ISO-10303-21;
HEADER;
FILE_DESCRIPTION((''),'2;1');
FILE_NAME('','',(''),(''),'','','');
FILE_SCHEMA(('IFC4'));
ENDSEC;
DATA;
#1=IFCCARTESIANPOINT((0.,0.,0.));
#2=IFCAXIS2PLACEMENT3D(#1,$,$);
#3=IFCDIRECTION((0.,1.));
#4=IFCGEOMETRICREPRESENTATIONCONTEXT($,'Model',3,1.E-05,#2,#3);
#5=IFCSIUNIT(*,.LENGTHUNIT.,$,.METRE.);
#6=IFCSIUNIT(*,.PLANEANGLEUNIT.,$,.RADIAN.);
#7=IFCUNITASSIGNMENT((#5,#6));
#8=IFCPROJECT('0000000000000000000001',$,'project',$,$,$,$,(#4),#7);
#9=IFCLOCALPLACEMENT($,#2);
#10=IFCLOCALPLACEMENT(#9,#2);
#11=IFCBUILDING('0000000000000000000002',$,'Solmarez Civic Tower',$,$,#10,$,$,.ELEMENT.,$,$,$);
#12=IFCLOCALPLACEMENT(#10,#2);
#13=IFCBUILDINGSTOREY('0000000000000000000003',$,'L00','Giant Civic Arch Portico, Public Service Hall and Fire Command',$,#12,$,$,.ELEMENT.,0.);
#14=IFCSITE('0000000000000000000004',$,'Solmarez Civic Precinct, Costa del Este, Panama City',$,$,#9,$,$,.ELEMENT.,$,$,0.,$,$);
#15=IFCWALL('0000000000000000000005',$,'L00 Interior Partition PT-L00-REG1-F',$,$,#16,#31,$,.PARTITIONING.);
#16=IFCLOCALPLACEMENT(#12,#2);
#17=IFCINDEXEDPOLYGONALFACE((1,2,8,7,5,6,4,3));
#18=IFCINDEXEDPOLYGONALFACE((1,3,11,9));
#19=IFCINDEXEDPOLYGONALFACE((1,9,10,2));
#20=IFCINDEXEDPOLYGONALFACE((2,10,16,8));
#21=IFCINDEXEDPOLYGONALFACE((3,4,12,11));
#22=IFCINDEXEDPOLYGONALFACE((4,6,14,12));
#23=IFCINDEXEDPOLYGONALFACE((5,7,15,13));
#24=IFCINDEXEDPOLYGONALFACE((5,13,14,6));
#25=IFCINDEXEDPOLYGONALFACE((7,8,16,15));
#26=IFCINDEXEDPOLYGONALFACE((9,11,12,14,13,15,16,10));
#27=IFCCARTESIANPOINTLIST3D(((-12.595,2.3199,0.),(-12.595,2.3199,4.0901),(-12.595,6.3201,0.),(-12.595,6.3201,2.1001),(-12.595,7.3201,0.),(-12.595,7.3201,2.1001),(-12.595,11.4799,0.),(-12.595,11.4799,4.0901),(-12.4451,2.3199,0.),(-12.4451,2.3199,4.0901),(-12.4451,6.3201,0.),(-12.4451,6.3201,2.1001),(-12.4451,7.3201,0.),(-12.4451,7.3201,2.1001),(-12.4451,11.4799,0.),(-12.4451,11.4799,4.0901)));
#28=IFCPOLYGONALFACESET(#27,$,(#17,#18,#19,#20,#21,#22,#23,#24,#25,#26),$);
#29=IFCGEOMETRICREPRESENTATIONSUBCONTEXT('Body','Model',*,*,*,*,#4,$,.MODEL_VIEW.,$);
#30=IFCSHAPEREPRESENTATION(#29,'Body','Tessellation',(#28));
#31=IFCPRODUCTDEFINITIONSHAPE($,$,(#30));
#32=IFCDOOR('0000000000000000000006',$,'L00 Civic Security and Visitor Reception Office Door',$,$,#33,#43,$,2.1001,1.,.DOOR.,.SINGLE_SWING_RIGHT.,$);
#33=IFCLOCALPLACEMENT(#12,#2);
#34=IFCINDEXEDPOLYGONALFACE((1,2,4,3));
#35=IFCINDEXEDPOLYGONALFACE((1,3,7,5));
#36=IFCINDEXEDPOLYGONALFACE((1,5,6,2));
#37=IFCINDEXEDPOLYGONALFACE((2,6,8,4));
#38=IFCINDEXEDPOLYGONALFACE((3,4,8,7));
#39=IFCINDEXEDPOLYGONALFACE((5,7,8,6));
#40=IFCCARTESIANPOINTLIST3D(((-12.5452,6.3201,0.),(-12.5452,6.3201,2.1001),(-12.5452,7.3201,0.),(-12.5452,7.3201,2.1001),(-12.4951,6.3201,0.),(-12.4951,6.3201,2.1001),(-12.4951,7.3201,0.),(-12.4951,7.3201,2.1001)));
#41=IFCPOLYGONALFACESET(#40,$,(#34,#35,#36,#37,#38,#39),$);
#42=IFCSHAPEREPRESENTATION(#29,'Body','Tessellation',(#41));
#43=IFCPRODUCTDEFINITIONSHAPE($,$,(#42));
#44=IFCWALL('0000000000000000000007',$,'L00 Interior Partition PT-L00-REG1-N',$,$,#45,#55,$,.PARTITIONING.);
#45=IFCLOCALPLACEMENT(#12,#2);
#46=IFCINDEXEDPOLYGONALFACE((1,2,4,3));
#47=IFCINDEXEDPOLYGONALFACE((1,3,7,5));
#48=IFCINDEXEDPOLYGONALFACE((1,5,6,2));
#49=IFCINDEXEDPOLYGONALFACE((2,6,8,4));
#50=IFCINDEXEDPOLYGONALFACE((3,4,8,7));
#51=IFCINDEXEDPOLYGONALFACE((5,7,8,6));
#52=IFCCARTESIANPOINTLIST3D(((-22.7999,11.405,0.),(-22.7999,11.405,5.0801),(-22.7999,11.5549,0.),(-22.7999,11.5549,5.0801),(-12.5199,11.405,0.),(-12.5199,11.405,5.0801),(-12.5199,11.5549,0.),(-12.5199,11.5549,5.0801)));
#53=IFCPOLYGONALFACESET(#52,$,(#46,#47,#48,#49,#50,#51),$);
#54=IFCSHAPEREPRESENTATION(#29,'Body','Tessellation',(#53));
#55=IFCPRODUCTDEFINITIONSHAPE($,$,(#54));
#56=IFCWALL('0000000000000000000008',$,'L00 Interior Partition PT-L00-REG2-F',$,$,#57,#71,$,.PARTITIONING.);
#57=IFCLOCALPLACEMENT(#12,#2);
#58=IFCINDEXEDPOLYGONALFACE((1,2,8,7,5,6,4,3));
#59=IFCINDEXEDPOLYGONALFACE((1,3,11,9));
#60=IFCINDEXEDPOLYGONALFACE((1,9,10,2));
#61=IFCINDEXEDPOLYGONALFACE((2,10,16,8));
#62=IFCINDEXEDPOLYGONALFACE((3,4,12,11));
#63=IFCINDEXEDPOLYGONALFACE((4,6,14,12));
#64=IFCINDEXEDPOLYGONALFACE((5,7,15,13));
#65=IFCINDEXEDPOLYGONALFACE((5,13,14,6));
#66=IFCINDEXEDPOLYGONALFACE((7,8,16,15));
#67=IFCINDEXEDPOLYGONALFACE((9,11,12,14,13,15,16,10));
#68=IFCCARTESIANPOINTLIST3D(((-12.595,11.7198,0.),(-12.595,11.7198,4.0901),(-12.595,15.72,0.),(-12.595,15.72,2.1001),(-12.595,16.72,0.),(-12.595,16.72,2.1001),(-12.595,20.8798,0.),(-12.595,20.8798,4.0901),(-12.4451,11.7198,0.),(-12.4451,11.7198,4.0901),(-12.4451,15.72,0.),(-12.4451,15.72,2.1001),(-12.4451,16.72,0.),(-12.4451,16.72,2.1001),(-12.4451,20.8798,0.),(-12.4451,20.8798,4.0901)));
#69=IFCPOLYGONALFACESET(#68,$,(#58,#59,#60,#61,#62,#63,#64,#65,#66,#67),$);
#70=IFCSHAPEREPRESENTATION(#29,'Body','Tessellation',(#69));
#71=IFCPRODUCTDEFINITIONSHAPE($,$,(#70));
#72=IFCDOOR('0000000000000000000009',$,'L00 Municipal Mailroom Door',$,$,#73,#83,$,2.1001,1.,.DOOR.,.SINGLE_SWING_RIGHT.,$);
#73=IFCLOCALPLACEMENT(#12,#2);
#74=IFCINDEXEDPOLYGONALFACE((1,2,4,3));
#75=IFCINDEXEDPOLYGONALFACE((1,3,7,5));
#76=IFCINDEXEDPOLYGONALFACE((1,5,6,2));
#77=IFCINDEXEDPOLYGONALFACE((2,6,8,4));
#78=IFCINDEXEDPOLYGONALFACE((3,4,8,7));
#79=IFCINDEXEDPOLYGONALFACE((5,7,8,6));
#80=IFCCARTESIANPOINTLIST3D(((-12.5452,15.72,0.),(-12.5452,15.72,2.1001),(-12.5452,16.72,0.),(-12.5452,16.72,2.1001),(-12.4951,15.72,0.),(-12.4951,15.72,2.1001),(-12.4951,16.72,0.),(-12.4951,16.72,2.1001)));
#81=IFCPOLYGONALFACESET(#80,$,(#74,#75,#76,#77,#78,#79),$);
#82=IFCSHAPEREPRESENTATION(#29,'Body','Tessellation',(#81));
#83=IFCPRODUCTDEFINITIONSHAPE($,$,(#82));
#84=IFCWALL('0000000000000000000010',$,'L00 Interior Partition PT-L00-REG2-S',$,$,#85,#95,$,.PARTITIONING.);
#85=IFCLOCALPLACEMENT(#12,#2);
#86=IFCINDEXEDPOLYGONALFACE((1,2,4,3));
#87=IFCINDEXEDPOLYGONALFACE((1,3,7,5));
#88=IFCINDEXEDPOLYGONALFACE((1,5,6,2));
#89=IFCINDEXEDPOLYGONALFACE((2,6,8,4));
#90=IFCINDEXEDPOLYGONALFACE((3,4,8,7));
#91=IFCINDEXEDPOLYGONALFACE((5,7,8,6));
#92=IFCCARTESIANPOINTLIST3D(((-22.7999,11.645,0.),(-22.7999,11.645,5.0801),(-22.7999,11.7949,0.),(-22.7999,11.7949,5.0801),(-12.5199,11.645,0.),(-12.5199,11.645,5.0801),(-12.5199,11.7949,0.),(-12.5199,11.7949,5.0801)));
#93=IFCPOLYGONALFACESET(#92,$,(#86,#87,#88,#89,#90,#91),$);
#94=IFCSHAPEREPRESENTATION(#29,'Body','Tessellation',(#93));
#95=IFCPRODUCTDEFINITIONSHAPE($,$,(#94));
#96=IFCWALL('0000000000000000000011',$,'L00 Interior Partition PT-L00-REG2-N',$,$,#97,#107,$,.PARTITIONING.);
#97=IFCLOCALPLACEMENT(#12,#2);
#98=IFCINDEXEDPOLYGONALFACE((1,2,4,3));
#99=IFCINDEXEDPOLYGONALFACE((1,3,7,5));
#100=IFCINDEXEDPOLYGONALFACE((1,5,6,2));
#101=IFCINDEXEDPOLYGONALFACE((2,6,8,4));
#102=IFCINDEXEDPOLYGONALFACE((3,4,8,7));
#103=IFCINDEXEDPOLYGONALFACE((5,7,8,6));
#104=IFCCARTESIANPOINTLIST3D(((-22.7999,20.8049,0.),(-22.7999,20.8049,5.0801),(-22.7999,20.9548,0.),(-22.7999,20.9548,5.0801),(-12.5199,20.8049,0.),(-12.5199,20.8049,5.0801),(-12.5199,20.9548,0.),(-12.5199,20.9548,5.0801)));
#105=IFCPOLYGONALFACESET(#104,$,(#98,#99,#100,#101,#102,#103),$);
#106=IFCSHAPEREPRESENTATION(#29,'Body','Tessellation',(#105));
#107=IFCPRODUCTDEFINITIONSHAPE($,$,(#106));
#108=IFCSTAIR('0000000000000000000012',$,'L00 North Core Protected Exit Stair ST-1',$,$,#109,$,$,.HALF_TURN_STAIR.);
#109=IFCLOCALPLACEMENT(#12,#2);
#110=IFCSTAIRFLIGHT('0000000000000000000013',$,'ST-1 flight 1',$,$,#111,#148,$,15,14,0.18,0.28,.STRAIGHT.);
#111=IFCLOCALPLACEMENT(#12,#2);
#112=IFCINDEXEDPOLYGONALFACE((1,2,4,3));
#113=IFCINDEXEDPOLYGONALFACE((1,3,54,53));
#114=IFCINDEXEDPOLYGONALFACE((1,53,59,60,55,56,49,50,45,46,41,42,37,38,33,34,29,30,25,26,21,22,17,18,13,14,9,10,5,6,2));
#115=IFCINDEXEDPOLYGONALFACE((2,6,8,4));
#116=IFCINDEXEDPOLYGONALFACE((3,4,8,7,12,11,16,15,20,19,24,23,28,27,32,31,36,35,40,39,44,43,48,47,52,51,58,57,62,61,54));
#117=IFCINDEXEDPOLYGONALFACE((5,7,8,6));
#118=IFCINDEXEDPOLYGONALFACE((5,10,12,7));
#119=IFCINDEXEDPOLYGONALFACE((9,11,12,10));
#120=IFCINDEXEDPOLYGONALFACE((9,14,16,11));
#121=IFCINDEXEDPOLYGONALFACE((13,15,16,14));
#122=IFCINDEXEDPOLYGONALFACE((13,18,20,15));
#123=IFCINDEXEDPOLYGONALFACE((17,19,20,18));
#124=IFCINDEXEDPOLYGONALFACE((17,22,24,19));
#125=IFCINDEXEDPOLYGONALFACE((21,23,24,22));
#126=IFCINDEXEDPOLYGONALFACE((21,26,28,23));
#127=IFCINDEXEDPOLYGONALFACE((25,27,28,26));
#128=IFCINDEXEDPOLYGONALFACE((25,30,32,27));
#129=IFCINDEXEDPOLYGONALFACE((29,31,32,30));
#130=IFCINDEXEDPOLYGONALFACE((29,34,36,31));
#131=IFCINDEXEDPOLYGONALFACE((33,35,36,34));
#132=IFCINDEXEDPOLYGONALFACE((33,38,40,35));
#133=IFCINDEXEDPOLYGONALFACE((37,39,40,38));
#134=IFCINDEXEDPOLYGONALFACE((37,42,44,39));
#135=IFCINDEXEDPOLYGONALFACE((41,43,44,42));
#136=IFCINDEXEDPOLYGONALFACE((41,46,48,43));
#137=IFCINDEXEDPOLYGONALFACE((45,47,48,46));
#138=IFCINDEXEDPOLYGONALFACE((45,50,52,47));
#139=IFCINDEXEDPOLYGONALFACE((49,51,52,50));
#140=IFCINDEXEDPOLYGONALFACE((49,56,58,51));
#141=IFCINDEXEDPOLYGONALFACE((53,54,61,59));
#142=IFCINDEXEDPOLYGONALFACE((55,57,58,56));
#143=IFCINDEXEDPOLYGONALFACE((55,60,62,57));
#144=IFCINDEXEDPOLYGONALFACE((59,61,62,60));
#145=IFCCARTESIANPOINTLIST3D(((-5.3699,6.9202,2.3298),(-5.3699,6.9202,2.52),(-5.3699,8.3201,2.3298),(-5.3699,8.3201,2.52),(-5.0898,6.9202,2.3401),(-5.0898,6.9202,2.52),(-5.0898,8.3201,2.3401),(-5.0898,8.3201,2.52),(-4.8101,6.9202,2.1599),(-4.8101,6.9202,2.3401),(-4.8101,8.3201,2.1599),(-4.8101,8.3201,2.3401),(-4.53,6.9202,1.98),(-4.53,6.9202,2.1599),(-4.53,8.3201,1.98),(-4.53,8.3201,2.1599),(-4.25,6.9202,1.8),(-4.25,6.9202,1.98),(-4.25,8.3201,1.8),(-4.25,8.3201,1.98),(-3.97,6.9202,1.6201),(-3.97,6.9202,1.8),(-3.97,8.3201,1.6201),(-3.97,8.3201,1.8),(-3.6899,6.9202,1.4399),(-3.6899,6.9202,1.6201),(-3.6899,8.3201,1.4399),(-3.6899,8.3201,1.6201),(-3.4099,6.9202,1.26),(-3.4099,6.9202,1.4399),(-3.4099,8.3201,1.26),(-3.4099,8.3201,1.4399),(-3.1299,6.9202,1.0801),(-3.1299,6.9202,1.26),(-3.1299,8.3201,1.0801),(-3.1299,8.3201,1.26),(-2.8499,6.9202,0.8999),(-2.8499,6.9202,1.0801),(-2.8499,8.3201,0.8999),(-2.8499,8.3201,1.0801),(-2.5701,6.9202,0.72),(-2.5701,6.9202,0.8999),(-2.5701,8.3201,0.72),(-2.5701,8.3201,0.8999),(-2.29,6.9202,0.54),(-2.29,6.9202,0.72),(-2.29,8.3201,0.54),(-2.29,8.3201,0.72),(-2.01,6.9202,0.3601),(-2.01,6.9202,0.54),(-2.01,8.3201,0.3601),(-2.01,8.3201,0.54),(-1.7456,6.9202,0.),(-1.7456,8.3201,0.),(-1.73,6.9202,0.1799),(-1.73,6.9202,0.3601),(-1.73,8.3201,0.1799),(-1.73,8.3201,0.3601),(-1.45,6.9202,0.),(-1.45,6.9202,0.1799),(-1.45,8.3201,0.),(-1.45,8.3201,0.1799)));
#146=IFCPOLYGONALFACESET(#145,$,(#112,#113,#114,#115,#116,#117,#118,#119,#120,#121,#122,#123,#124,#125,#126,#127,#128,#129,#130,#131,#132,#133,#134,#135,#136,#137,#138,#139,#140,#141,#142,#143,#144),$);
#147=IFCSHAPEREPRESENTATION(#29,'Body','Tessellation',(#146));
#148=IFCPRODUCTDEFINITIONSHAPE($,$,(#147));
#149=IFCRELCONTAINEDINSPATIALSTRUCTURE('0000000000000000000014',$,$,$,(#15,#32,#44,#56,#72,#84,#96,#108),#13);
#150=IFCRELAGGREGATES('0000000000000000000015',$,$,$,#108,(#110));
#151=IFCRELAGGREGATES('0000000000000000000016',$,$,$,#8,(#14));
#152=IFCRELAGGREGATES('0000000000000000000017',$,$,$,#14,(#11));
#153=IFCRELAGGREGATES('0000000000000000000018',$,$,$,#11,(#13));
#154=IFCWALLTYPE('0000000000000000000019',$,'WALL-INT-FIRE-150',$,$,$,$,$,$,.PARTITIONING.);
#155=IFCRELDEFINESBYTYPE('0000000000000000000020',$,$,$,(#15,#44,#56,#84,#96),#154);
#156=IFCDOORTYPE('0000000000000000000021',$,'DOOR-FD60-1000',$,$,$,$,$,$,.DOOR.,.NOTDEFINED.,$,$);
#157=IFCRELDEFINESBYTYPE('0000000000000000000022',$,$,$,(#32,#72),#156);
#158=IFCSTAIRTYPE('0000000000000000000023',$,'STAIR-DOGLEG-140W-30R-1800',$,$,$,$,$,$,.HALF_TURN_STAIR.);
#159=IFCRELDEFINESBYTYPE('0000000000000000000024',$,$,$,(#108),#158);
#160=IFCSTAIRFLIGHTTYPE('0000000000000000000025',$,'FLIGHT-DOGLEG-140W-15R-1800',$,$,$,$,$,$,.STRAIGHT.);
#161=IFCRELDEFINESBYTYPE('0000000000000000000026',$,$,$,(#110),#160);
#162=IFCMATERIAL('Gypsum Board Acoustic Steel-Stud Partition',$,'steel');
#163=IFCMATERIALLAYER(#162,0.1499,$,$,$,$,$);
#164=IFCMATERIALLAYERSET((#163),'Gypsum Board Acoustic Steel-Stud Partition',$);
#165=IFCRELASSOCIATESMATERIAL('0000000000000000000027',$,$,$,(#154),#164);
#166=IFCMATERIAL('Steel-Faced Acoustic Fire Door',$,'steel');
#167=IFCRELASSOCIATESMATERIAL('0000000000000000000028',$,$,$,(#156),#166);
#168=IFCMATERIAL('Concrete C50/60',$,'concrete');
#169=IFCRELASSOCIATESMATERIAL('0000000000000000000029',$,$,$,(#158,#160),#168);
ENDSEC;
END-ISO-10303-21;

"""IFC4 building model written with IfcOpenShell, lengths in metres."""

from ifc_helpers import new_model, si_unit, direction, frame, frame_2d, origin, place, context, subcontext, project, spatial, polyline, rectangle, outline, extrude, material, layer, layer_set, type_object, element, fill, aggregate, save


model = new_model("IFC4")

# Units and contexts
model_context = context("Model", 3, precision=1e-05, world=origin(), true_north=direction((0.0, 1.0)))
body_context = subcontext(model_context, "Body", "Model", "MODEL_VIEW")
ifc_project = project(units=[si_unit("LENGTHUNIT", "METRE"), si_unit("PLANEANGLEUNIT", "RADIAN")], contexts=[model_context])

# Site, building, storey
site_placement = place(None, origin())
site = spatial("IfcSite", under=ifc_project, at=site_placement, Name="Solmarez Civic Precinct, Costa del Este, Panama City", CompositionType="ELEMENT", RefElevation=0.0)
building_placement = place(site_placement, origin())
building = spatial("IfcBuilding", under=site, at=building_placement, Name="Solmarez Civic Tower", CompositionType="ELEMENT")
storey_placement = place(building_placement, origin())
storey = spatial("IfcBuildingStorey", under=building, at=storey_placement, Name="L00", Description="Giant Civic Arch Portico, Public Service Hall and Fire Command", CompositionType="ELEMENT", Elevation=0.0)

# Shared definitions
ifc_material_1 = material(Name="Gypsum Board Acoustic Steel-Stud Partition", Category="steel")
ifc_layer_1 = layer(ifc_material_1, 0.1499)
ifc_layer_set_1 = layer_set([ifc_layer_1], Name="Gypsum Board Acoustic Steel-Stud Partition")
wall_type_1 = type_object("IfcWallType", Name="WALL-INT-FIRE-150", PredefinedType="PARTITIONING", material=ifc_layer_set_1)

# Wall, opening, door
wall_1_placement = place(storey_placement, frame((-12.52, 11.48, 0.0), z_axis=(0.0, 0.0, 1.0), x_axis=(0.0, -1.0, 0.0)))
wall_1 = element("IfcWall", 1, at=wall_1_placement, inside=storey, type_object=wall_type_1, Name="L00 Interior Partition PT-L00-REG1-F", PredefinedType="PARTITIONING", context=body_context, shape_type="SweptSolid", body=[
    extrude(rectangle(XDim=9.1599, YDim=0.1499, at=frame_2d((4.5801, 0.0))), origin(), (0.0, 0.0, 1.0), 4.0901),
])
opening_1_placement = place(wall_1_placement, frame((4.1599, 0.0, 0.0)))
opening_1 = element("IfcOpeningElement", 2, at=opening_1_placement, cuts=wall_1, PredefinedType="OPENING", context=body_context, shape_type="SweptSolid", body=[
    extrude(rectangle(XDim=1.0, YDim=2.1001, at=frame_2d((0.5, 1.05))), frame((0.0, 0.085, 0.0), z_axis=(0.0, -1.0, 0.0), x_axis=(1.0, 0.0, 0.0)), (0.0, 0.0, 1.0), 0.1699),
])
ifc_material_2 = material(Name="Steel-Faced Acoustic Fire Door", Category="steel")
door_type_1 = type_object("IfcDoorType", Name="DOOR-FD60-1000", OperationType="NOTDEFINED", PredefinedType="DOOR", material=ifc_material_2)
door_1_placement = place(opening_1_placement, origin())
door_1 = element("IfcDoor", 3, at=door_1_placement, inside=storey, type_object=door_type_1, Name="L00 Civic Security and Visitor Reception Office Door", OperationType="SINGLE_SWING_RIGHT", OverallHeight=2.1001, OverallWidth=1.0, PredefinedType="DOOR", context=body_context, shape_type="SweptSolid", body=[
    extrude(rectangle(XDim=1.0, YDim=2.1001, at=frame_2d((0.5, 1.05))), frame((0.0, 0.0249, 0.0), z_axis=(0.0, -1.0, 0.0), x_axis=(1.0, 0.0, 0.0)), (0.0, 0.0, 1.0), 0.05),
])
fill(opening_1, door_1)

# Wall
wall_2_placement = place(storey_placement, frame((-22.8, 11.48, 0.0), z_axis=(0.0, 0.0, 1.0), x_axis=(1.0, 0.0, 0.0)))
element("IfcWall", 4, at=wall_2_placement, inside=storey, type_object=wall_type_1, Name="L00 Interior Partition PT-L00-REG1-N", PredefinedType="PARTITIONING", context=body_context, shape_type="SweptSolid", body=[
    extrude(rectangle(XDim=10.28, YDim=0.1499, at=frame_2d((5.1401, 0.0))), origin(), (0.0, 0.0, 1.0), 5.0801),
])

# Wall, opening, door
wall_3_placement = place(storey_placement, frame((-12.52, 20.8799, 0.0), z_axis=(0.0, 0.0, 1.0), x_axis=(0.0, -1.0, 0.0)))
wall_3 = element("IfcWall", 5, at=wall_3_placement, inside=storey, type_object=wall_type_1, Name="L00 Interior Partition PT-L00-REG2-F", PredefinedType="PARTITIONING", context=body_context, shape_type="SweptSolid", body=[
    extrude(rectangle(XDim=9.1599, YDim=0.1499, at=frame_2d((4.5801, 0.0))), origin(), (0.0, 0.0, 1.0), 4.0901),
])
opening_2_placement = place(wall_3_placement, frame((4.1599, 0.0, 0.0)))
opening_2 = element("IfcOpeningElement", 6, at=opening_2_placement, cuts=wall_3, PredefinedType="OPENING", context=body_context, shape_type="SweptSolid", body=[
    extrude(rectangle(XDim=1.0, YDim=2.1001, at=frame_2d((0.5, 1.05))), frame((0.0, 0.085, 0.0), z_axis=(0.0, -1.0, 0.0), x_axis=(1.0, 0.0, 0.0)), (0.0, 0.0, 1.0), 0.1699),
])
door_2_placement = place(opening_2_placement, origin())
door_2 = element("IfcDoor", 7, at=door_2_placement, inside=storey, type_object=door_type_1, Name="L00 Municipal Mailroom Door", OperationType="SINGLE_SWING_RIGHT", OverallHeight=2.1001, OverallWidth=1.0, PredefinedType="DOOR", context=body_context, shape_type="SweptSolid", body=[
    extrude(rectangle(XDim=1.0, YDim=2.1001, at=frame_2d((0.5, 1.05))), frame((0.0, 0.0249, 0.0), z_axis=(0.0, -1.0, 0.0), x_axis=(1.0, 0.0, 0.0)), (0.0, 0.0, 1.0), 0.05),
])
fill(opening_2, door_2)

# Walls
for number, where, z_axis, x_axis, name in (
    (8, (-22.8, 11.72, 0.0), (0.0, 0.0, 1.0), (1.0, 0.0, 0.0), "L00 Interior Partition PT-L00-REG2-S"),
    (9, (-22.8, 20.8799, 0.0), (0.0, 0.0, 1.0), (1.0, 0.0, 0.0), "L00 Interior Partition PT-L00-REG2-N"),
):
    element("IfcWall", number, at=place(storey_placement, frame(where, z_axis=z_axis, x_axis=x_axis)), inside=storey, type_object=wall_type_1, Name=name, PredefinedType="PARTITIONING", context=body_context, shape_type="SweptSolid", body=[
        extrude(rectangle(XDim=10.28, YDim=0.1499, at=frame_2d((5.1401, 0.0))), origin(), (0.0, 0.0, 1.0), 5.0801),
    ])

# Stair, stair flight
ifc_material_3 = material(Name="Concrete C50/60", Category="concrete")
stair_type = type_object("IfcStairType", Name="STAIR-DOGLEG-140W-30R-1800", PredefinedType="HALF_TURN_STAIR", material=ifc_material_3)
stair_placement = place(storey_placement, origin())
stair = element("IfcStair", 10, at=stair_placement, inside=storey, type_object=stair_type, Name="L00 North Core Protected Exit Stair ST-1", PredefinedType="HALF_TURN_STAIR")
stair_flight_type = type_object("IfcStairFlightType", Name="FLIGHT-DOGLEG-140W-15R-1800", PredefinedType="STRAIGHT", material=ifc_material_3)
stair_flight_1_placement = place(storey_placement, frame((-1.45, 7.6201, 0.0), z_axis=(0.0, 0.0, 1.0), x_axis=(-1.0, 0.0, 0.0)))
stair_flight_1 = element("IfcStairFlight", 11, at=stair_flight_1_placement, type_object=stair_flight_type, Name="ST-1 flight 1", NumberOfRisers=15, NumberOfTreads=14, PredefinedType="STRAIGHT", RiserHeight=0.18, TreadLength=0.28, context=body_context, shape_type="SweptSolid", body=[
    extrude(outline(polyline([(0.0, 0.0), (0.0, 0.1799), (0.28, 0.1799), (0.28, 0.3601), (0.5601, 0.3601), (0.5601, 0.54), (0.8401, 0.54), (0.8401, 0.72), (1.1201, 0.72), (1.1201, 0.8999), (1.3999, 0.8999), (1.3999, 1.0801), (1.6799, 1.0801), (1.6799, 1.26), (1.96, 1.26), (1.96, 1.4399), (2.24, 1.4399), (2.24, 1.6201), (2.52, 1.6201), (2.52, 1.8), (2.8, 1.8), (2.8, 1.98), (3.0801, 1.98), (3.0801, 2.1599), (3.3601, 2.1599), (3.3601, 2.3401), (3.6399, 2.3401), (3.6399, 2.52), (3.9199, 2.52), (3.9199, 2.7), (3.9199, 2.3298), (0.2957, 0.0), (0.0, 0.0)])), frame((0.0, 0.7, 0.0), z_axis=(0.0, -1.0, 0.0), x_axis=(1.0, 0.0, 0.0)), (0.0, 0.0, 1.0), 1.3999),
])
aggregate(stair, [stair_flight_1])

save(model, "model.ifc")
